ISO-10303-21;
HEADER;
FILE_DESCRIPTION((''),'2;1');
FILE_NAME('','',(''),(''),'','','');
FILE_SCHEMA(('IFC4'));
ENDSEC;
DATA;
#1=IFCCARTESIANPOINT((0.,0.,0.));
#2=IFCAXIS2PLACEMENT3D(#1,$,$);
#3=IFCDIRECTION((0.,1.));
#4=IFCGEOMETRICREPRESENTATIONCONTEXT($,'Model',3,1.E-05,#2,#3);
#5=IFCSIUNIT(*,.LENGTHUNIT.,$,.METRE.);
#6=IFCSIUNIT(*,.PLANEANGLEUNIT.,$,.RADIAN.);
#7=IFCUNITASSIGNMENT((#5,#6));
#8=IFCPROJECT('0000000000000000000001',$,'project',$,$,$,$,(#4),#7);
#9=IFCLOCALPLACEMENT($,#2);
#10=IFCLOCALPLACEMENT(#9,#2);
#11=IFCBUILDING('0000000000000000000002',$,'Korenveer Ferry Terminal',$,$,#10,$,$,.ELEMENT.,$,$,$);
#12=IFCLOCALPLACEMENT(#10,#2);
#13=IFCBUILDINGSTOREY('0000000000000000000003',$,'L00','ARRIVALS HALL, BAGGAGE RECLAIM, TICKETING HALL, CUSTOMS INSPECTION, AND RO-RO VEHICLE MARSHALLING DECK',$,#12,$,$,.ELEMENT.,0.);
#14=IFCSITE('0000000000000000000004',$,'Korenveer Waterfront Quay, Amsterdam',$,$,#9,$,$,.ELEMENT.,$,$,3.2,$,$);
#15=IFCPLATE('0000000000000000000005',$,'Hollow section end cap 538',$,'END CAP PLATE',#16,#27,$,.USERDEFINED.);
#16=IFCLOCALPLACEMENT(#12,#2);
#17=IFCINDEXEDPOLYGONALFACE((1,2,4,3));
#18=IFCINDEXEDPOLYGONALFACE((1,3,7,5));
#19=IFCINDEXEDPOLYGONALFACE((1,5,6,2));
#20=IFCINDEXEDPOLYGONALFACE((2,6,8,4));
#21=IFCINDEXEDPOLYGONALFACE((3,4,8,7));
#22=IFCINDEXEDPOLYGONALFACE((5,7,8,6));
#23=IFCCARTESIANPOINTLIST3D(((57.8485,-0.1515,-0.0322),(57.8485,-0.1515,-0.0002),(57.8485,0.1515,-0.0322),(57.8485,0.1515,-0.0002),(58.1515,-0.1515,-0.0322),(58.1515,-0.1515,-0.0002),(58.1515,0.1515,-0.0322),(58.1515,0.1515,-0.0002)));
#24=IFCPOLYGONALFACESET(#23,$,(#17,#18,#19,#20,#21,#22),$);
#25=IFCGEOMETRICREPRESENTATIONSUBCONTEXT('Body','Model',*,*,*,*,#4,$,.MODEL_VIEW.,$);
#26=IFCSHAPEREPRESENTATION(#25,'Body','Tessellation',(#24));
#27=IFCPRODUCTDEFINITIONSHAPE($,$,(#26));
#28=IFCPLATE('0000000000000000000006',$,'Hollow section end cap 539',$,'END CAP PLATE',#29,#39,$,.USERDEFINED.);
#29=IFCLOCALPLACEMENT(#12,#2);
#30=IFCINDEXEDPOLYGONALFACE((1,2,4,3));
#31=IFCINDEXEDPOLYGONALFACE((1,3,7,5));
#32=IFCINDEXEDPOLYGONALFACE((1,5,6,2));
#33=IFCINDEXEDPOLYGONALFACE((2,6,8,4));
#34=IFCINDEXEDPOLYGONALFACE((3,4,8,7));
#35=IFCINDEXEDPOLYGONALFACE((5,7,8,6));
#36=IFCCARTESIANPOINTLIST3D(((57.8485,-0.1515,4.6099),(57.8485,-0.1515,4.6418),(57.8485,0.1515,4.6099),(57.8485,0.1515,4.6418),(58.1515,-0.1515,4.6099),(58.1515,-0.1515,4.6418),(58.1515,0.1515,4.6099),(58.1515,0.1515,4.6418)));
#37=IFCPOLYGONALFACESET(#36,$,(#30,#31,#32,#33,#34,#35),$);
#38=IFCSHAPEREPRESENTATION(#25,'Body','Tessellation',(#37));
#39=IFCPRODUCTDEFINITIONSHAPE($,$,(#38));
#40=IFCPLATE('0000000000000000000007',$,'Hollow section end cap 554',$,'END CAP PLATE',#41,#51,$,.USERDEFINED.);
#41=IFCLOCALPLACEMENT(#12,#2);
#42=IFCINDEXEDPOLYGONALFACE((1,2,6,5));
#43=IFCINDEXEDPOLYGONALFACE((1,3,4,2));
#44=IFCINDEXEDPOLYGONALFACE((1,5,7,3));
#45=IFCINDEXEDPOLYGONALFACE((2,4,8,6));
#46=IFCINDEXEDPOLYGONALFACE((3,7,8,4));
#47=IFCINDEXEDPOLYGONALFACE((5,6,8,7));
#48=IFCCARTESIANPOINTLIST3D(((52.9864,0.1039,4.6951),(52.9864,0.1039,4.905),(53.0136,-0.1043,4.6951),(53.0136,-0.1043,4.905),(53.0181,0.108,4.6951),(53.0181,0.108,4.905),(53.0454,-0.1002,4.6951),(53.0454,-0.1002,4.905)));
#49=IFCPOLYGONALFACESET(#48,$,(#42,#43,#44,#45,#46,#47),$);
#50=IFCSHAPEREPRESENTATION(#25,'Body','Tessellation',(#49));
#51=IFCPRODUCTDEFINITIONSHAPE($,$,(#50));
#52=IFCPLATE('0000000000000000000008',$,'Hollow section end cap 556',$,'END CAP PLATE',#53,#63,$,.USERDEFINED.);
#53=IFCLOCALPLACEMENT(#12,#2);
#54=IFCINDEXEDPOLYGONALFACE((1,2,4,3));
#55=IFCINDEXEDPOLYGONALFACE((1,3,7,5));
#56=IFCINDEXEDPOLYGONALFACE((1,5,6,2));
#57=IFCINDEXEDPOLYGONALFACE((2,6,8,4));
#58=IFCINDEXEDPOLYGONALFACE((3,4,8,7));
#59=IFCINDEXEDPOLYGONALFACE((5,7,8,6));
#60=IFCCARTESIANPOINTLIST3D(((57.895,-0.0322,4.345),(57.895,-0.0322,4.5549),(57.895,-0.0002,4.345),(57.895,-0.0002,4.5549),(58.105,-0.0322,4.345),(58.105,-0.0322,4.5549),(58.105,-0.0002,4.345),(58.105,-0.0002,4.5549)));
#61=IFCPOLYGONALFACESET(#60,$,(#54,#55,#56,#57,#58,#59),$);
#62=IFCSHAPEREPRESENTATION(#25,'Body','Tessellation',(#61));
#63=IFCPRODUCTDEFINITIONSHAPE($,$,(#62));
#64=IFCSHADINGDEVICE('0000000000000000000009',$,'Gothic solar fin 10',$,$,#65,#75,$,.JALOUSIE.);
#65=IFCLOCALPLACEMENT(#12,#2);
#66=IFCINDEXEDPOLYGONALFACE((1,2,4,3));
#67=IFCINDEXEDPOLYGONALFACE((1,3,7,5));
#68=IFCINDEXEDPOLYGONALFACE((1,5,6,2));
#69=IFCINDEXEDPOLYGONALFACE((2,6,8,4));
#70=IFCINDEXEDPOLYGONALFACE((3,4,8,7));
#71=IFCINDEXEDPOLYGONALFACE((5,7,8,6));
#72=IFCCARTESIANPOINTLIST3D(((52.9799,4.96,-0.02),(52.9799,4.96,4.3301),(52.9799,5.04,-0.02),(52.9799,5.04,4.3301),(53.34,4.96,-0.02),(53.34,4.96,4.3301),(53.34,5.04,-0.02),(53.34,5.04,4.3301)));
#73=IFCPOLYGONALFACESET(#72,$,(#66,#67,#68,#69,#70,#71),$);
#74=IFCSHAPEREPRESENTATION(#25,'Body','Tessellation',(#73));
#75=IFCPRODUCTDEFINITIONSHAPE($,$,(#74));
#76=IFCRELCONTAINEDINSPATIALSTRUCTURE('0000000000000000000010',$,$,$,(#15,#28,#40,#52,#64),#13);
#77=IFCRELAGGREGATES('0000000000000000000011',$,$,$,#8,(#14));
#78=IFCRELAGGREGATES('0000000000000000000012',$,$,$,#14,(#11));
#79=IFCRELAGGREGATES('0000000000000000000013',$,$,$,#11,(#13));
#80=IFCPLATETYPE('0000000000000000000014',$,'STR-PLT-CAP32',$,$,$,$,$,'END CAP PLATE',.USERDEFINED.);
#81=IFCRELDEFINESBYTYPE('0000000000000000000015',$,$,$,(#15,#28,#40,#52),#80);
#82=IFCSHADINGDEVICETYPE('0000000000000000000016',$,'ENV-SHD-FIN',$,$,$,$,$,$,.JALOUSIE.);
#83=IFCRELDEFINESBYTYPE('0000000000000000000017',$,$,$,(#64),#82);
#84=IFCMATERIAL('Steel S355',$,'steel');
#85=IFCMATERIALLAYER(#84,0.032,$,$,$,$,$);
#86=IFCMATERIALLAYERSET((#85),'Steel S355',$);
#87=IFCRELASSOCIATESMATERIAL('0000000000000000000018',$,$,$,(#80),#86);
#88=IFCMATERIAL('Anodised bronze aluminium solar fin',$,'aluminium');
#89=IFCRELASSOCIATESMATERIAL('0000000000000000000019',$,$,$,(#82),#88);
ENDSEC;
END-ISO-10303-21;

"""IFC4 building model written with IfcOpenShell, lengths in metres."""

from ifc_helpers import new_model, si_unit, direction, frame, origin, origin_2d, place, context, subcontext, project, spatial, rectangle, extrude, material, layer, layer_set, type_object, element, save


model = new_model("IFC4")

# Units and contexts
model_context = context("Model", 3, precision=1e-05, world=origin(), true_north=direction((0.0, 1.0)))
body_context = subcontext(model_context, "Body", "Model", "MODEL_VIEW")
ifc_project = project(units=[si_unit("LENGTHUNIT", "METRE"), si_unit("PLANEANGLEUNIT", "RADIAN")], contexts=[model_context])

# Site, building, storey
site_placement = place(None, origin())
site = spatial("IfcSite", under=ifc_project, at=site_placement, Name="Korenveer Waterfront Quay, Amsterdam", CompositionType="ELEMENT", RefElevation=3.2)
building_placement = place(site_placement, origin())
building = spatial("IfcBuilding", under=site, at=building_placement, Name="Korenveer Ferry Terminal", CompositionType="ELEMENT")
storey_placement = place(building_placement, origin())
storey = spatial("IfcBuildingStorey", under=building, at=storey_placement, Name="L00", Description="ARRIVALS HALL, BAGGAGE RECLAIM, TICKETING HALL, CUSTOMS INSPECTION, AND RO-RO VEHICLE MARSHALLING DECK", CompositionType="ELEMENT", Elevation=0.0)

# Shared definitions
ifc_material_1 = material(Name="Steel S355", Category="steel")

# Plates
ifc_layer = layer(ifc_material_1, 0.032)
ifc_layer_set = layer_set([ifc_layer], Name="Steel S355")
plate_type = type_object("IfcPlateType", Name="STR-PLT-CAP32", ElementType="END CAP PLATE", PredefinedType="USERDEFINED", material=ifc_layer_set)
for number, where, z_axis, x_axis, name in (
    (1, (58.0, 0.0, -0.0322), (0.0, 0.0, 1.0), (1.0, 0.0, 0.0), "Hollow section end cap 538"),
    (2, (58.0, 0.0, 4.6099), (0.0, 0.0, 1.0), (1.0, 0.0, 0.0), "Hollow section end cap 539"),
):
    element("IfcPlate", number, at=place(storey_placement, frame(where, z_axis=z_axis, x_axis=x_axis)), inside=storey, type_object=plate_type, Name=name, ObjectType="END CAP PLATE", PredefinedType="USERDEFINED", context=body_context, shape_type="SweptSolid", body=[
        extrude(rectangle(XDim=0.303, YDim=0.303, at=origin_2d()), origin(), (0.0, 0.0, 1.0), 0.032),
    ])
for number, where, z_axis, x_axis, name in (
    (3, (53.0317, 0.0039, 4.8), (-0.991558, -0.129665, 0.0), (0.129665, -0.991558, 0.0), "Hollow section end cap 554"),
    (4, (58.0, -0.0322, 4.45), (0.0, 1.0, 0.0), (-1.0, 0.0, 0.0), "Hollow section end cap 556"),
):
    element("IfcPlate", number, at=place(storey_placement, frame(where, z_axis=z_axis, x_axis=x_axis)), inside=storey, type_object=plate_type, Name=name, ObjectType="END CAP PLATE", PredefinedType="USERDEFINED", context=body_context, shape_type="SweptSolid", body=[
        extrude(rectangle(XDim=0.21, YDim=0.21, at=origin_2d()), origin(), (0.0, 0.0, 1.0), 0.032),
    ])

# Shading device
ifc_material_2 = material(Name="Anodised bronze aluminium solar fin", Category="aluminium")
shading_device_type = type_object("IfcShadingDeviceType", Name="ENV-SHD-FIN", PredefinedType="JALOUSIE", material=ifc_material_2)
shading_device_placement = place(storey_placement, frame((53.1599, 5.0, -0.02), z_axis=(0.0, 0.0, 1.0), x_axis=(1.0, 0.0, 0.0)))
element("IfcShadingDevice", 5, at=shading_device_placement, inside=storey, type_object=shading_device_type, Name="Gothic solar fin 10", PredefinedType="JALOUSIE", context=body_context, shape_type="SweptSolid", body=[
    extrude(rectangle(XDim=0.3601, YDim=0.0801, at=origin_2d()), origin(), (0.0, 0.0, 1.0), 4.3501),
])

save(model, "model.ifc")
